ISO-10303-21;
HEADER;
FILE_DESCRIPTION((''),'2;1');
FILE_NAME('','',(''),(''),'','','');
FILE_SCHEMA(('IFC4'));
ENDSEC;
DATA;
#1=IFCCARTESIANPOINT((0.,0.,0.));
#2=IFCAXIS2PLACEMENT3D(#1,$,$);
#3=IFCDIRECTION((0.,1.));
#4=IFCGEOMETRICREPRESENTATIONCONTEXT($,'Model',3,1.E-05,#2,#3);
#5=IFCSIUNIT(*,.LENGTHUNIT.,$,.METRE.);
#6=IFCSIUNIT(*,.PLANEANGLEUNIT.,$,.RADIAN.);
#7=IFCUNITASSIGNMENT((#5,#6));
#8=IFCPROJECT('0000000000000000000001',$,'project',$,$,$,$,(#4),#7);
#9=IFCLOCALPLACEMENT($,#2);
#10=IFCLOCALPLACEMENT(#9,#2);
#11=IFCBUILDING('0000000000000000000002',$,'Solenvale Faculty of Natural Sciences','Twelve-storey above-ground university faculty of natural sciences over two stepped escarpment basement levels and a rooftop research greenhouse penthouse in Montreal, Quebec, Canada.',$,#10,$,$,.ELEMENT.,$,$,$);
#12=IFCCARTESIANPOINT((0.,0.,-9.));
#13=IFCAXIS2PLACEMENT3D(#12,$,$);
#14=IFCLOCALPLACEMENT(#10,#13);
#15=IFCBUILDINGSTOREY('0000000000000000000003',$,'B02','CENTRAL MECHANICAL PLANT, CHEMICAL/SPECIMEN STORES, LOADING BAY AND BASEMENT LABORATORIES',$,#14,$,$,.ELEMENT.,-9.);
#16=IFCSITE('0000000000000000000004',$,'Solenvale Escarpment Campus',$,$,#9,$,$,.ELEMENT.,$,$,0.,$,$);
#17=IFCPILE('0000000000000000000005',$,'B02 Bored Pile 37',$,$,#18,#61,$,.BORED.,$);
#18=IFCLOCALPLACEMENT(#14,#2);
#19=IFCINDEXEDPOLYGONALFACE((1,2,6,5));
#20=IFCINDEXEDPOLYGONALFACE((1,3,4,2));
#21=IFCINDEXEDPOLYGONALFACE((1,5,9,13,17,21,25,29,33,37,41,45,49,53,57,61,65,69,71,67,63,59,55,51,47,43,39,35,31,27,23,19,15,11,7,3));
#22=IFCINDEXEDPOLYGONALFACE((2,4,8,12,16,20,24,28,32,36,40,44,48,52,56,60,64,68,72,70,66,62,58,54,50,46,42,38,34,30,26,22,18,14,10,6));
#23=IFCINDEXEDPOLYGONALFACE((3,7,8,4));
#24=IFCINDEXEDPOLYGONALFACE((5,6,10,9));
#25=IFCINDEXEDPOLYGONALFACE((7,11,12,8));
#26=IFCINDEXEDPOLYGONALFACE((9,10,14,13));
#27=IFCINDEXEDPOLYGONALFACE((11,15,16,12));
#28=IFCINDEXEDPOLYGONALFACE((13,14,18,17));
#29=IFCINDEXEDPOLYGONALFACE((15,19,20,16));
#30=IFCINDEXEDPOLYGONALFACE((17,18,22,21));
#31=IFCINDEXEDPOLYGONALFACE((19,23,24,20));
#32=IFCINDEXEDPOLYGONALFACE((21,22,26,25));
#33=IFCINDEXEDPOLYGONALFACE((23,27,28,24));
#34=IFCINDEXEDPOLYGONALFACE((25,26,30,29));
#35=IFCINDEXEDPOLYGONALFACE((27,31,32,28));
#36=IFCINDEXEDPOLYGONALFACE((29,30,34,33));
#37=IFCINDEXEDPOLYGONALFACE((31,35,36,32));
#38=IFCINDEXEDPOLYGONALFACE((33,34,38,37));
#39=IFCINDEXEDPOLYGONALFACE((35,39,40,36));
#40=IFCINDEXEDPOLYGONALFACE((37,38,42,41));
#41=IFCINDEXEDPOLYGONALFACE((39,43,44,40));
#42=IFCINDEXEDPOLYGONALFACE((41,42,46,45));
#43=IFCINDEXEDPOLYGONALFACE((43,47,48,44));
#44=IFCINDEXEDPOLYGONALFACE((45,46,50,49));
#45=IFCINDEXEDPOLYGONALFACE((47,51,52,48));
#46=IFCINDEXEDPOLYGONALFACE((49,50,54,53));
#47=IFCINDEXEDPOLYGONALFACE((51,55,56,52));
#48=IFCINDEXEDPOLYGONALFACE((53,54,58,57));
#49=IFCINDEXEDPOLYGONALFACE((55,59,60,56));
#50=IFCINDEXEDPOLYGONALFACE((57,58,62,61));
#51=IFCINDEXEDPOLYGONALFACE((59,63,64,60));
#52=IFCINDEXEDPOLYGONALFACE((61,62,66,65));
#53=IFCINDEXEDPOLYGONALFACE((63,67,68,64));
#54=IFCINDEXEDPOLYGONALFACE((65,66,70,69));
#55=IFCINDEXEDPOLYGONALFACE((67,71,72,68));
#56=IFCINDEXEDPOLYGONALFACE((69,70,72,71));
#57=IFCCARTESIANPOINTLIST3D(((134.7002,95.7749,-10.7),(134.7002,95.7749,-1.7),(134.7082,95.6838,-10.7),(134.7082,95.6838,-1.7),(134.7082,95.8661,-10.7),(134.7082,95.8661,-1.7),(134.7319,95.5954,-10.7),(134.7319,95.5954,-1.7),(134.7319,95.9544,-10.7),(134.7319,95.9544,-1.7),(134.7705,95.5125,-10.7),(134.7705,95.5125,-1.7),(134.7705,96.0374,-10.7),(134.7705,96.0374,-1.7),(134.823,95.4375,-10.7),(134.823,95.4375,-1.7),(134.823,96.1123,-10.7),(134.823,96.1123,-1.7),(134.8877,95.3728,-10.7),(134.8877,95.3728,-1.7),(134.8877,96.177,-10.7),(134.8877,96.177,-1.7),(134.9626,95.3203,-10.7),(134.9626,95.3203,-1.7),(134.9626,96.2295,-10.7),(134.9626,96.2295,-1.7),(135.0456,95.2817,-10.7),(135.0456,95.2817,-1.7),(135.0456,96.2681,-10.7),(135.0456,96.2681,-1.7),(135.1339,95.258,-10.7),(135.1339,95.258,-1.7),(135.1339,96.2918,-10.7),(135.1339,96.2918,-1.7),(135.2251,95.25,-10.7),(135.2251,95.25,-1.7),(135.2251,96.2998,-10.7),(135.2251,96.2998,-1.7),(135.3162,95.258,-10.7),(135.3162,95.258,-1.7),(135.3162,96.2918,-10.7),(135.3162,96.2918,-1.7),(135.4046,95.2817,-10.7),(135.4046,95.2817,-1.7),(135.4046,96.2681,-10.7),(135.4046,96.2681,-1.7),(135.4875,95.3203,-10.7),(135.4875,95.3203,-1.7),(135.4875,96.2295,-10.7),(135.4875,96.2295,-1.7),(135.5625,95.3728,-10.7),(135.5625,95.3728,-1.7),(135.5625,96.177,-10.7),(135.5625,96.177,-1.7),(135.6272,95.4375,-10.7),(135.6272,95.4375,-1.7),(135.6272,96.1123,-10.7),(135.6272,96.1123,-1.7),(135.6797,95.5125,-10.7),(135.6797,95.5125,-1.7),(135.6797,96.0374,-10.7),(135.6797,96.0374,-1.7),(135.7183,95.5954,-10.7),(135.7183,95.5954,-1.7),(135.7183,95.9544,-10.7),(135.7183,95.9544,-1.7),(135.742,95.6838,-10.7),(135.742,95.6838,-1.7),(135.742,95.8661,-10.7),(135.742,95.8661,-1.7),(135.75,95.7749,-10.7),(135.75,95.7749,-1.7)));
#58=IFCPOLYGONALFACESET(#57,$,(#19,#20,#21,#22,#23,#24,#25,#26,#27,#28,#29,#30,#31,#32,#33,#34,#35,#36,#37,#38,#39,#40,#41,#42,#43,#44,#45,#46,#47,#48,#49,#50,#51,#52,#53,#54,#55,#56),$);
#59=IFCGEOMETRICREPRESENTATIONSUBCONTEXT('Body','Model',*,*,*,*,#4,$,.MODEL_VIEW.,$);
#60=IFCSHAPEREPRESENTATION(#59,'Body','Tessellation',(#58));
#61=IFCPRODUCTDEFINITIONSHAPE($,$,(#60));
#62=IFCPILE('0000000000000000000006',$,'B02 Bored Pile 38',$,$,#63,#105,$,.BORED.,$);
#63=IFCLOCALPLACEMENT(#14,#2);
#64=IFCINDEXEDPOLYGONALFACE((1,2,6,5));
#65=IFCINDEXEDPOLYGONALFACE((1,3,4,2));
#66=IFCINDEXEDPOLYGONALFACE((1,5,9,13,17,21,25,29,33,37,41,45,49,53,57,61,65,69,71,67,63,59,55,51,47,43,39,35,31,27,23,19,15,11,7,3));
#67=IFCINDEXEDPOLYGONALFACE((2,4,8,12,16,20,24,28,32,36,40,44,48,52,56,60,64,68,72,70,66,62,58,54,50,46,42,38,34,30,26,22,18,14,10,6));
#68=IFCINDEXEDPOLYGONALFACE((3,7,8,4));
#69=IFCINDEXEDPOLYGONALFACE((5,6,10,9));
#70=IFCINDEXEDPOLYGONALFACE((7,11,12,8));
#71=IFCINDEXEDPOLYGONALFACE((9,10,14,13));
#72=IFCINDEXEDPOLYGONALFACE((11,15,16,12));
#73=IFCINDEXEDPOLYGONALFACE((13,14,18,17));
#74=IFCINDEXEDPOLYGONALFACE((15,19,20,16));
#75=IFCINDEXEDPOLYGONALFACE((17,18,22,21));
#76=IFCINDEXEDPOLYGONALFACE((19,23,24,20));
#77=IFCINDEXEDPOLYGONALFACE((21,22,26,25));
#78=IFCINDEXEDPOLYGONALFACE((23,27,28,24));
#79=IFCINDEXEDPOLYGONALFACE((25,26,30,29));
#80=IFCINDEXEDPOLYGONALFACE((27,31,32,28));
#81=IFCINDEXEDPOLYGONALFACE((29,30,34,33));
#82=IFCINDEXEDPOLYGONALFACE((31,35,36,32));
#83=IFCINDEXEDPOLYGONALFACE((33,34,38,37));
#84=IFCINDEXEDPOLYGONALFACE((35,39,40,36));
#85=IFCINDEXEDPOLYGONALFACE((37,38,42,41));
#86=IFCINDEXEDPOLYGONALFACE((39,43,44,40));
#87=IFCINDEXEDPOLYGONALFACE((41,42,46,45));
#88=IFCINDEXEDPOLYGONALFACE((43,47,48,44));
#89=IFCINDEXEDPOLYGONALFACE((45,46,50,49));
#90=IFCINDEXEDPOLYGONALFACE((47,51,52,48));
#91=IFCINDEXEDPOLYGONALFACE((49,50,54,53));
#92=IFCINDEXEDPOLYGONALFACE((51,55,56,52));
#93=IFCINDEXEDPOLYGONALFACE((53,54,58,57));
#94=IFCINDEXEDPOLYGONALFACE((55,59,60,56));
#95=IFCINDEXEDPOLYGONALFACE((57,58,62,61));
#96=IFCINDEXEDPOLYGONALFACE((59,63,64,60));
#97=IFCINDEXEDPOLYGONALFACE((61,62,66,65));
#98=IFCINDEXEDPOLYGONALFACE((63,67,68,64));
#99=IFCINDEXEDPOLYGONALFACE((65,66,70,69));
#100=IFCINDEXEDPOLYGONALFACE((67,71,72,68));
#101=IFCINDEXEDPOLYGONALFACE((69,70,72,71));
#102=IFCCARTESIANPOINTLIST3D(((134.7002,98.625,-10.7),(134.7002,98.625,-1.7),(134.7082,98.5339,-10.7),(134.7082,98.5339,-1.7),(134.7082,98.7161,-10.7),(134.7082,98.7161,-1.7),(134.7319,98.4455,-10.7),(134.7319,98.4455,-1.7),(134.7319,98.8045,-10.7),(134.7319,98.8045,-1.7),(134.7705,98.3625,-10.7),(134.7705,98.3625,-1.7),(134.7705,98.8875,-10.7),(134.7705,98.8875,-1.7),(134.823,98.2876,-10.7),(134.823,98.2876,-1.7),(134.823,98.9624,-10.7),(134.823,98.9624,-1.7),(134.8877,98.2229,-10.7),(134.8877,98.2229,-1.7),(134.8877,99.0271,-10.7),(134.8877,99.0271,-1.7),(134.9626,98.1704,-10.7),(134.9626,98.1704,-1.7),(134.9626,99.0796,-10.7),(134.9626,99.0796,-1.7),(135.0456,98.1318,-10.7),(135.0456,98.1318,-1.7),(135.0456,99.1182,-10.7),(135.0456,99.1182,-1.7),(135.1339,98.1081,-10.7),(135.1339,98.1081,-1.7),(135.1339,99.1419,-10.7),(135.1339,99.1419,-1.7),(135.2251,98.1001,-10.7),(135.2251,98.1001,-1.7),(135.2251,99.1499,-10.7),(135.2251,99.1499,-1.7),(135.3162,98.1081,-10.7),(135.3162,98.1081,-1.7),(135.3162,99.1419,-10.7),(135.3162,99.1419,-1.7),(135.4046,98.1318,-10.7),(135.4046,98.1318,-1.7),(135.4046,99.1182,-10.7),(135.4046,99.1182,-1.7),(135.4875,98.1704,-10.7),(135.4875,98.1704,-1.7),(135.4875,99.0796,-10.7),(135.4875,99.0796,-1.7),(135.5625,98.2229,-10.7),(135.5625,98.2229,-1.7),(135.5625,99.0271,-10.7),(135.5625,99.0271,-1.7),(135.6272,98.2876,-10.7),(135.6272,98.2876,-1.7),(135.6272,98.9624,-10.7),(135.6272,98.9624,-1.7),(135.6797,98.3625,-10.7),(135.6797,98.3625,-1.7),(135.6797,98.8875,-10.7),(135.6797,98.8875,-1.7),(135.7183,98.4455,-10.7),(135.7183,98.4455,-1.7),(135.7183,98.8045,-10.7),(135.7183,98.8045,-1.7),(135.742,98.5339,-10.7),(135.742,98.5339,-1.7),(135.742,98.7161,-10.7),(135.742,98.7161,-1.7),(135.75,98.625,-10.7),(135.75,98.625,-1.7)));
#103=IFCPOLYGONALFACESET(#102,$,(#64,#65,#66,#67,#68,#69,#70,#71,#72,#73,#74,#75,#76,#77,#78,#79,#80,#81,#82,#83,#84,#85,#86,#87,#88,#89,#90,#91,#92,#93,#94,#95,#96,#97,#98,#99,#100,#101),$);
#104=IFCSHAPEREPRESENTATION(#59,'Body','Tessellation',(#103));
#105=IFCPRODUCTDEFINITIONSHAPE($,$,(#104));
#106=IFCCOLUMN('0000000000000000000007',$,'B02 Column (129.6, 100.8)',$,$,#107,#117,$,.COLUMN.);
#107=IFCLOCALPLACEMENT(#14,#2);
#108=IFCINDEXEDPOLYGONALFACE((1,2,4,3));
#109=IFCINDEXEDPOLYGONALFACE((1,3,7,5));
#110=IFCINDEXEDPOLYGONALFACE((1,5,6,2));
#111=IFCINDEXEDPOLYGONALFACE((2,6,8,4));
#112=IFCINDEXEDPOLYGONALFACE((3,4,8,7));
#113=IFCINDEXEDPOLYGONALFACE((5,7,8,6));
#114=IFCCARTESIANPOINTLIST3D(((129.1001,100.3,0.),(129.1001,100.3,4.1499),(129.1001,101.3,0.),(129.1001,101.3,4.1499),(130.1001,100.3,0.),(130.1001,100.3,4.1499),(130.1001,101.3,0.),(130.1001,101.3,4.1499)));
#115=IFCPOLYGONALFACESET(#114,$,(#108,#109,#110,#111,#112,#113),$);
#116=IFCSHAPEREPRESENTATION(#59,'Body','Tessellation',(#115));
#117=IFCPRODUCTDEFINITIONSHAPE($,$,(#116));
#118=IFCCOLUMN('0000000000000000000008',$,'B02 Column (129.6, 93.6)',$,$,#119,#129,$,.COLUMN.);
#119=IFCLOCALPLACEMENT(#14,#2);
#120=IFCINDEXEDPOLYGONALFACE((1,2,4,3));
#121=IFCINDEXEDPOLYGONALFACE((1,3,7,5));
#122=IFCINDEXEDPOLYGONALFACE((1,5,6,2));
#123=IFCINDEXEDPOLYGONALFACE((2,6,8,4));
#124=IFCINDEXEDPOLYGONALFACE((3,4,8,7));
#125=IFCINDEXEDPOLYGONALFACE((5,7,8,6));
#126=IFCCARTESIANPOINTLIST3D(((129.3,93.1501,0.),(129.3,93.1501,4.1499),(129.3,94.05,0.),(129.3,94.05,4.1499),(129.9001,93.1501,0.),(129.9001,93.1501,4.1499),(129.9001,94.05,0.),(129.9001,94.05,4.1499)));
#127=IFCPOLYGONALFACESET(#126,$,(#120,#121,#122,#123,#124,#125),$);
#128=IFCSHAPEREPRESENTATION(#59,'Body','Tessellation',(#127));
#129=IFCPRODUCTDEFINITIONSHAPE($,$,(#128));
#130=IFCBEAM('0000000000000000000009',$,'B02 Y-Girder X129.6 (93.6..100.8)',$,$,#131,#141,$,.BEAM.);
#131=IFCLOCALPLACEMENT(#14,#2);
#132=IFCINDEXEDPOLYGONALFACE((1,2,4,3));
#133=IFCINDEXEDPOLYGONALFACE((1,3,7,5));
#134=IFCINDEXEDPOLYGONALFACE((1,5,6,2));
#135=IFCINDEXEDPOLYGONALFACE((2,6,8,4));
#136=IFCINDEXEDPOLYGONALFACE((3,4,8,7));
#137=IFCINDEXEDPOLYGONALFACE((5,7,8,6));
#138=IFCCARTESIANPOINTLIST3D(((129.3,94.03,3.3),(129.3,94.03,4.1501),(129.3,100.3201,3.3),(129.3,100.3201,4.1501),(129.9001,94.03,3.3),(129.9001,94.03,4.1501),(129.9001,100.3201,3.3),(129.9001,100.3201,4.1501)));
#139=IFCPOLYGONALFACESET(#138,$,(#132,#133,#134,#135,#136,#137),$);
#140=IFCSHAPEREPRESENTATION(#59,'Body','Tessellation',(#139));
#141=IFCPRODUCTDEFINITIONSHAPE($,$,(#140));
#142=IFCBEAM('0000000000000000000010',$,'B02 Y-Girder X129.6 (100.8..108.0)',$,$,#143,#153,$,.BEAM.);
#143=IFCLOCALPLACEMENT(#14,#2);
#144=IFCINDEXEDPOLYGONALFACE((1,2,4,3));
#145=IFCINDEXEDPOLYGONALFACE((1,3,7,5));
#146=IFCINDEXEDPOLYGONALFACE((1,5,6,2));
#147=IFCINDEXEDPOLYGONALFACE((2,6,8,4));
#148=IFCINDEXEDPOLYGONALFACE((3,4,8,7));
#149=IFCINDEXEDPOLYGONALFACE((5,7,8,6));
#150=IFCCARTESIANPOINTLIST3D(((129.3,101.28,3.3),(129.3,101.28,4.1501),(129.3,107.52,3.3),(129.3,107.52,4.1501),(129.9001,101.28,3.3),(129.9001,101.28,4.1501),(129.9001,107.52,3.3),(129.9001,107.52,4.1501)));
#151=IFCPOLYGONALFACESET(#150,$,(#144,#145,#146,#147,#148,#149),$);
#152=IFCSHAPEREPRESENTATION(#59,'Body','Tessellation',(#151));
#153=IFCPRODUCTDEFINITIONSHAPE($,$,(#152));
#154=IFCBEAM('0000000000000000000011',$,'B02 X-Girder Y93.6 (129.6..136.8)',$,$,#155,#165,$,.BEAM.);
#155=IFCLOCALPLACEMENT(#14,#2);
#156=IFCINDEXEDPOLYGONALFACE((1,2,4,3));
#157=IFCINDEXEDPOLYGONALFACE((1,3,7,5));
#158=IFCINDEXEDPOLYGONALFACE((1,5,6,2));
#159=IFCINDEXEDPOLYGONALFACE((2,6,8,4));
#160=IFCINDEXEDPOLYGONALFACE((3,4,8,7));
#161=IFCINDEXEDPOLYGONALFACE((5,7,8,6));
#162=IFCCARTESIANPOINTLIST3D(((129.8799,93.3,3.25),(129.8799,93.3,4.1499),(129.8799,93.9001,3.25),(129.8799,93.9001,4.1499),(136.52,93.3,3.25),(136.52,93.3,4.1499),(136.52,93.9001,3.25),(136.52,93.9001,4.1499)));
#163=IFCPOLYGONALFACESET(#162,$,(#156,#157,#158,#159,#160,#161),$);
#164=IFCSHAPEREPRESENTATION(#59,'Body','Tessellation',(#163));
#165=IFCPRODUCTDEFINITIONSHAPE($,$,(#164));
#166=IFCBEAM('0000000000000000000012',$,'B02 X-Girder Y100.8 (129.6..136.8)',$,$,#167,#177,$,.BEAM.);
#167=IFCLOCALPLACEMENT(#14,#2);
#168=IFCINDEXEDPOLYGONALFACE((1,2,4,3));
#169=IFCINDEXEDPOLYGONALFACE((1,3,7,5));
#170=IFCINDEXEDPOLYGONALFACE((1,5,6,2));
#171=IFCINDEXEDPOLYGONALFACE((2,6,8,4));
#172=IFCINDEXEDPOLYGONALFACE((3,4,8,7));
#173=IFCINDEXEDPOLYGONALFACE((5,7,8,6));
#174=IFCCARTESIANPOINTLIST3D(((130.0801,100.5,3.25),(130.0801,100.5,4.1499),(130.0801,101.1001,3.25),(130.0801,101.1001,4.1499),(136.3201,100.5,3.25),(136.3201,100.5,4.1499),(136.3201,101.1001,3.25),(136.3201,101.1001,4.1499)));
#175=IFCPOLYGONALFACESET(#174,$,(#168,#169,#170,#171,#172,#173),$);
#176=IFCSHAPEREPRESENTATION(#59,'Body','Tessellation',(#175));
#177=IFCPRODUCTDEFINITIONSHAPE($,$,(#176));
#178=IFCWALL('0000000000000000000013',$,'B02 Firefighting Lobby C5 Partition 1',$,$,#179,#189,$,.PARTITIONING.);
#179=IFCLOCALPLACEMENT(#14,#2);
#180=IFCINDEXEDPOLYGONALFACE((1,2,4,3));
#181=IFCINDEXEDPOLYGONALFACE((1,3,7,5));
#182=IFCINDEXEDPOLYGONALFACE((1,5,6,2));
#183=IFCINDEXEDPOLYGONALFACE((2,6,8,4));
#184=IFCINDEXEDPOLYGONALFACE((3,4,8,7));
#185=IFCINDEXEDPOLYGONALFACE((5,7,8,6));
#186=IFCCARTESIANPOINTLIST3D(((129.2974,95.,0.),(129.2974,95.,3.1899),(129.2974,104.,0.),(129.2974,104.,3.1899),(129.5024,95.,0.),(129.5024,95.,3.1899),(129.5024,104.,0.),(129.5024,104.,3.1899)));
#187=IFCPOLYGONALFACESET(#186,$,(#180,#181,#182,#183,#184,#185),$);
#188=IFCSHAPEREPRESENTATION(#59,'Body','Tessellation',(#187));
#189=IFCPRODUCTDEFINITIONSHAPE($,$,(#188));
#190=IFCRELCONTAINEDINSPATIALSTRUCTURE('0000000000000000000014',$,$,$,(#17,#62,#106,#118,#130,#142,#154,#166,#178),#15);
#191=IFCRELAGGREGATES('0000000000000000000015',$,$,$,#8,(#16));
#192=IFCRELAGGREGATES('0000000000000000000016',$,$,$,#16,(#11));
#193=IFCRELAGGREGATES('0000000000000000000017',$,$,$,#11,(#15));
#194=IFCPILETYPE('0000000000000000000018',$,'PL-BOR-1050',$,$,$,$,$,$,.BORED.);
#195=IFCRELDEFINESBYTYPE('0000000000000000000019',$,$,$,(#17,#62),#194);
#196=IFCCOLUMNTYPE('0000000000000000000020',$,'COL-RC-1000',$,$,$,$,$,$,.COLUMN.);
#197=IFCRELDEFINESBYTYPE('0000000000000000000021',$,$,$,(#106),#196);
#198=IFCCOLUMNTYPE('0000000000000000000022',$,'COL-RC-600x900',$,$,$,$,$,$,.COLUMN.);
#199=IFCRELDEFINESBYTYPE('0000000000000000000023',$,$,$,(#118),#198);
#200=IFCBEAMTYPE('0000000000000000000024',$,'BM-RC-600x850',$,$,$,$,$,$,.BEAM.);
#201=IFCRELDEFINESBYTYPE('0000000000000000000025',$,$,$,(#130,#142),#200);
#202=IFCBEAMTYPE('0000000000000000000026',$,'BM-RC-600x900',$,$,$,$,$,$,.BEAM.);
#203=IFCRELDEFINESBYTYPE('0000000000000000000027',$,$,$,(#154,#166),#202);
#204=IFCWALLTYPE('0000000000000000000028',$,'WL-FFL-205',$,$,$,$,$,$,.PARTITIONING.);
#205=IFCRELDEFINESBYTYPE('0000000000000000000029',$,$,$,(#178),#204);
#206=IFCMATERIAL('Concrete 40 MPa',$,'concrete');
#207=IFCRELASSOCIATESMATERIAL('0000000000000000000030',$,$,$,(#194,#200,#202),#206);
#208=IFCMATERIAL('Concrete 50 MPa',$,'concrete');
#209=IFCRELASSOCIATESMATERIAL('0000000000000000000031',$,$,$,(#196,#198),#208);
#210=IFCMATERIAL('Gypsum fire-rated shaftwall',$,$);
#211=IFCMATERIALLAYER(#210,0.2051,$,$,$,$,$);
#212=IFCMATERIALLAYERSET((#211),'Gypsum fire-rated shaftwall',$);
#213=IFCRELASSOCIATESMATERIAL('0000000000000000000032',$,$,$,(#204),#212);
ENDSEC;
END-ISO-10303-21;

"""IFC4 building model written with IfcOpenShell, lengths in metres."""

from ifc_helpers import new_model, si_unit, direction, frame, frame_2d, origin, origin_2d, place, context, subcontext, project, spatial, rectangle, circle, extrude, material, layer, layer_set, material_profile, profile_set, type_object, element, save


model = new_model("IFC4")

# Units and contexts
model_context = context("Model", 3, precision=1e-05, world=origin(), true_north=direction((0.0, 1.0)))
body_context = subcontext(model_context, "Body", "Model", "MODEL_VIEW")
ifc_project = project(units=[si_unit("LENGTHUNIT", "METRE"), si_unit("PLANEANGLEUNIT", "RADIAN")], contexts=[model_context])

# Site, building, storey
site_placement = place(None, origin())
site = spatial("IfcSite", under=ifc_project, at=site_placement, Name="Solenvale Escarpment Campus", CompositionType="ELEMENT", RefElevation=0.0)
building_placement = place(site_placement, origin())
building = spatial("IfcBuilding", under=site, at=building_placement, Name="Solenvale Faculty of Natural Sciences", Description="Twelve-storey above-ground university faculty of natural sciences over two stepped escarpment basement levels and a rooftop research greenhouse penthouse in Montreal, Quebec, Canada.", CompositionType="ELEMENT")
storey_placement = place(building_placement, frame((0.0, 0.0, -9.0)))
storey = spatial("IfcBuildingStorey", under=building, at=storey_placement, Name="B02", Description="CENTRAL MECHANICAL PLANT, CHEMICAL/SPECIMEN STORES, LOADING BAY AND BASEMENT LABORATORIES", CompositionType="ELEMENT", Elevation=-9.0)

# Piles
ifc_material_1 = material(Name="Concrete 40 MPa", Category="concrete")
ifc_material_profile_1 = material_profile(ifc_material_1, circle(Radius=0.5249, at=origin_2d()), Name="PILE-D1050")
ifc_profile_set_1 = profile_set([ifc_material_profile_1], Name="Concrete 40 MPa")
pile_type = type_object("IfcPileType", Name="PL-BOR-1050", PredefinedType="BORED", material=ifc_profile_set_1)
for number, where, z_axis, x_axis, name in (
    (1, (135.2251, 95.7749, -1.7), (0.0, 0.0, -1.0), (1.0, 0.0, 0.0), "B02 Bored Pile 37"),
    (2, (135.2251, 98.625, -1.7), (0.0, 0.0, -1.0), (1.0, 0.0, 0.0), "B02 Bored Pile 38"),
):
    element("IfcPile", number, at=place(storey_placement, frame(where, z_axis=z_axis, x_axis=x_axis)), inside=storey, type_object=pile_type, Name=name, PredefinedType="BORED", context=body_context, shape_type="SweptSolid", body=[
        extrude(circle(Radius=0.5249, at=origin_2d()), origin(), (0.0, 0.0, 1.0), 9.0),
    ])

# Columns
ifc_material_2 = material(Name="Concrete 50 MPa", Category="concrete")
ifc_material_profile_2 = material_profile(ifc_material_2, rectangle(XDim=1.0, YDim=1.0, at=origin_2d()), Name="RC-COL-1000x1000")
ifc_profile_set_2 = profile_set([ifc_material_profile_2], Name="Concrete 50 MPa")
column_type_1 = type_object("IfcColumnType", Name="COL-RC-1000", PredefinedType="COLUMN", material=ifc_profile_set_2)
column_1_placement = place(storey_placement, frame((129.6001, 100.8, 0.0), z_axis=(0.0, 0.0, 1.0), x_axis=(1.0, 0.0, 0.0)))
element("IfcColumn", 3, at=column_1_placement, inside=storey, type_object=column_type_1, Name="B02 Column (129.6, 100.8)", PredefinedType="COLUMN", context=body_context, shape_type="SweptSolid", body=[
    extrude(rectangle(XDim=1.0, YDim=1.0, at=origin_2d()), origin(), (0.0, 0.0, 1.0), 4.1499),
])
ifc_material_profile_3 = material_profile(ifc_material_2, rectangle(XDim=0.6001, YDim=0.8999, at=origin_2d()), Name="RC-COL-600x900")
ifc_profile_set_3 = profile_set([ifc_material_profile_3], Name="Concrete 50 MPa")
column_type_2 = type_object("IfcColumnType", Name="COL-RC-600x900", PredefinedType="COLUMN", material=ifc_profile_set_3)
column_2_placement = place(storey_placement, frame((129.6001, 93.6001, 0.0), z_axis=(0.0, 0.0, 1.0), x_axis=(1.0, 0.0, 0.0)))
element("IfcColumn", 4, at=column_2_placement, inside=storey, type_object=column_type_2, Name="B02 Column (129.6, 93.6)", PredefinedType="COLUMN", context=body_context, shape_type="SweptSolid", body=[
    extrude(rectangle(XDim=0.6001, YDim=0.8999, at=origin_2d()), origin(), (0.0, 0.0, 1.0), 4.1499),
])

# Beams
ifc_material_profile_4 = material_profile(ifc_material_1, rectangle(XDim=0.6001, YDim=0.8501, at=origin_2d()), Name="RC-BM-600x850")
ifc_profile_set_4 = profile_set([ifc_material_profile_4], Name="Concrete 40 MPa")
beam_type_1 = type_object("IfcBeamType", Name="BM-RC-600x850", PredefinedType="BEAM", material=ifc_profile_set_4)
beam_1_placement = place(storey_placement, frame((129.6001, 94.03, 3.7251), z_axis=(0.0, 1.0, 0.0), x_axis=(-1.0, 0.0, 0.0)))
element("IfcBeam", 5, at=beam_1_placement, inside=storey, type_object=beam_type_1, Name="B02 Y-Girder X129.6 (93.6..100.8)", PredefinedType="BEAM", context=body_context, shape_type="SweptSolid", body=[
    extrude(rectangle(XDim=0.6001, YDim=0.8501, at=origin_2d()), origin(), (0.0, 0.0, 1.0), 6.29),
])
beam_2_placement = place(storey_placement, frame((129.6001, 101.28, 3.7251), z_axis=(0.0, 1.0, 0.0), x_axis=(-1.0, 0.0, 0.0)))
element("IfcBeam", 6, at=beam_2_placement, inside=storey, type_object=beam_type_1, Name="B02 Y-Girder X129.6 (100.8..108.0)", PredefinedType="BEAM", context=body_context, shape_type="SweptSolid", body=[
    extrude(rectangle(XDim=0.6001, YDim=0.8501, at=origin_2d()), origin(), (0.0, 0.0, 1.0), 6.24),
])
ifc_material_profile_5 = material_profile(ifc_material_1, rectangle(XDim=0.6001, YDim=0.8999, at=origin_2d()), Name="RC-BM-600x900")
ifc_profile_set_5 = profile_set([ifc_material_profile_5], Name="Concrete 40 MPa")
beam_type_2 = type_object("IfcBeamType", Name="BM-RC-600x900", PredefinedType="BEAM", material=ifc_profile_set_5)
beam_3_placement = place(storey_placement, frame((129.8799, 93.6001, 3.7), z_axis=(1.0, 0.0, 0.0), x_axis=(0.0, 1.0, 0.0)))
element("IfcBeam", 7, at=beam_3_placement, inside=storey, type_object=beam_type_2, Name="B02 X-Girder Y93.6 (129.6..136.8)", PredefinedType="BEAM", context=body_context, shape_type="SweptSolid", body=[
    extrude(rectangle(XDim=0.6001, YDim=0.8999, at=origin_2d()), origin(), (0.0, 0.0, 1.0), 6.6401),
])
beam_4_placement = place(storey_placement, frame((130.0801, 100.8, 3.7), z_axis=(1.0, 0.0, 0.0), x_axis=(0.0, 1.0, 0.0)))
element("IfcBeam", 8, at=beam_4_placement, inside=storey, type_object=beam_type_2, Name="B02 X-Girder Y100.8 (129.6..136.8)", PredefinedType="BEAM", context=body_context, shape_type="SweptSolid", body=[
    extrude(rectangle(XDim=0.6001, YDim=0.8999, at=origin_2d()), origin(), (0.0, 0.0, 1.0), 6.24),
])

# Wall
ifc_material_3 = material(Name="Gypsum fire-rated shaftwall")
ifc_layer_1 = layer(ifc_material_3, 0.2051)
ifc_layer_set_1 = layer_set([ifc_layer_1], Name="Gypsum fire-rated shaftwall")
wall_type_1 = type_object("IfcWallType", Name="WL-FFL-205", PredefinedType="PARTITIONING", material=ifc_layer_set_1)
wall_1_placement = place(storey_placement, frame((129.3999, 95.0, 0.0), z_axis=(0.0, 0.0, 1.0), x_axis=(0.0, 1.0, 0.0)))
element("IfcWall", 9, at=wall_1_placement, inside=storey, type_object=wall_type_1, Name="B02 Firefighting Lobby C5 Partition 1", PredefinedType="PARTITIONING", context=body_context, shape_type="SweptSolid", body=[
    extrude(rectangle(XDim=9.0, YDim=0.2051, at=frame_2d((4.5, 0.0))), origin(), (0.0, 0.0, 1.0), 3.1899),
])

save(model, "model.ifc")
